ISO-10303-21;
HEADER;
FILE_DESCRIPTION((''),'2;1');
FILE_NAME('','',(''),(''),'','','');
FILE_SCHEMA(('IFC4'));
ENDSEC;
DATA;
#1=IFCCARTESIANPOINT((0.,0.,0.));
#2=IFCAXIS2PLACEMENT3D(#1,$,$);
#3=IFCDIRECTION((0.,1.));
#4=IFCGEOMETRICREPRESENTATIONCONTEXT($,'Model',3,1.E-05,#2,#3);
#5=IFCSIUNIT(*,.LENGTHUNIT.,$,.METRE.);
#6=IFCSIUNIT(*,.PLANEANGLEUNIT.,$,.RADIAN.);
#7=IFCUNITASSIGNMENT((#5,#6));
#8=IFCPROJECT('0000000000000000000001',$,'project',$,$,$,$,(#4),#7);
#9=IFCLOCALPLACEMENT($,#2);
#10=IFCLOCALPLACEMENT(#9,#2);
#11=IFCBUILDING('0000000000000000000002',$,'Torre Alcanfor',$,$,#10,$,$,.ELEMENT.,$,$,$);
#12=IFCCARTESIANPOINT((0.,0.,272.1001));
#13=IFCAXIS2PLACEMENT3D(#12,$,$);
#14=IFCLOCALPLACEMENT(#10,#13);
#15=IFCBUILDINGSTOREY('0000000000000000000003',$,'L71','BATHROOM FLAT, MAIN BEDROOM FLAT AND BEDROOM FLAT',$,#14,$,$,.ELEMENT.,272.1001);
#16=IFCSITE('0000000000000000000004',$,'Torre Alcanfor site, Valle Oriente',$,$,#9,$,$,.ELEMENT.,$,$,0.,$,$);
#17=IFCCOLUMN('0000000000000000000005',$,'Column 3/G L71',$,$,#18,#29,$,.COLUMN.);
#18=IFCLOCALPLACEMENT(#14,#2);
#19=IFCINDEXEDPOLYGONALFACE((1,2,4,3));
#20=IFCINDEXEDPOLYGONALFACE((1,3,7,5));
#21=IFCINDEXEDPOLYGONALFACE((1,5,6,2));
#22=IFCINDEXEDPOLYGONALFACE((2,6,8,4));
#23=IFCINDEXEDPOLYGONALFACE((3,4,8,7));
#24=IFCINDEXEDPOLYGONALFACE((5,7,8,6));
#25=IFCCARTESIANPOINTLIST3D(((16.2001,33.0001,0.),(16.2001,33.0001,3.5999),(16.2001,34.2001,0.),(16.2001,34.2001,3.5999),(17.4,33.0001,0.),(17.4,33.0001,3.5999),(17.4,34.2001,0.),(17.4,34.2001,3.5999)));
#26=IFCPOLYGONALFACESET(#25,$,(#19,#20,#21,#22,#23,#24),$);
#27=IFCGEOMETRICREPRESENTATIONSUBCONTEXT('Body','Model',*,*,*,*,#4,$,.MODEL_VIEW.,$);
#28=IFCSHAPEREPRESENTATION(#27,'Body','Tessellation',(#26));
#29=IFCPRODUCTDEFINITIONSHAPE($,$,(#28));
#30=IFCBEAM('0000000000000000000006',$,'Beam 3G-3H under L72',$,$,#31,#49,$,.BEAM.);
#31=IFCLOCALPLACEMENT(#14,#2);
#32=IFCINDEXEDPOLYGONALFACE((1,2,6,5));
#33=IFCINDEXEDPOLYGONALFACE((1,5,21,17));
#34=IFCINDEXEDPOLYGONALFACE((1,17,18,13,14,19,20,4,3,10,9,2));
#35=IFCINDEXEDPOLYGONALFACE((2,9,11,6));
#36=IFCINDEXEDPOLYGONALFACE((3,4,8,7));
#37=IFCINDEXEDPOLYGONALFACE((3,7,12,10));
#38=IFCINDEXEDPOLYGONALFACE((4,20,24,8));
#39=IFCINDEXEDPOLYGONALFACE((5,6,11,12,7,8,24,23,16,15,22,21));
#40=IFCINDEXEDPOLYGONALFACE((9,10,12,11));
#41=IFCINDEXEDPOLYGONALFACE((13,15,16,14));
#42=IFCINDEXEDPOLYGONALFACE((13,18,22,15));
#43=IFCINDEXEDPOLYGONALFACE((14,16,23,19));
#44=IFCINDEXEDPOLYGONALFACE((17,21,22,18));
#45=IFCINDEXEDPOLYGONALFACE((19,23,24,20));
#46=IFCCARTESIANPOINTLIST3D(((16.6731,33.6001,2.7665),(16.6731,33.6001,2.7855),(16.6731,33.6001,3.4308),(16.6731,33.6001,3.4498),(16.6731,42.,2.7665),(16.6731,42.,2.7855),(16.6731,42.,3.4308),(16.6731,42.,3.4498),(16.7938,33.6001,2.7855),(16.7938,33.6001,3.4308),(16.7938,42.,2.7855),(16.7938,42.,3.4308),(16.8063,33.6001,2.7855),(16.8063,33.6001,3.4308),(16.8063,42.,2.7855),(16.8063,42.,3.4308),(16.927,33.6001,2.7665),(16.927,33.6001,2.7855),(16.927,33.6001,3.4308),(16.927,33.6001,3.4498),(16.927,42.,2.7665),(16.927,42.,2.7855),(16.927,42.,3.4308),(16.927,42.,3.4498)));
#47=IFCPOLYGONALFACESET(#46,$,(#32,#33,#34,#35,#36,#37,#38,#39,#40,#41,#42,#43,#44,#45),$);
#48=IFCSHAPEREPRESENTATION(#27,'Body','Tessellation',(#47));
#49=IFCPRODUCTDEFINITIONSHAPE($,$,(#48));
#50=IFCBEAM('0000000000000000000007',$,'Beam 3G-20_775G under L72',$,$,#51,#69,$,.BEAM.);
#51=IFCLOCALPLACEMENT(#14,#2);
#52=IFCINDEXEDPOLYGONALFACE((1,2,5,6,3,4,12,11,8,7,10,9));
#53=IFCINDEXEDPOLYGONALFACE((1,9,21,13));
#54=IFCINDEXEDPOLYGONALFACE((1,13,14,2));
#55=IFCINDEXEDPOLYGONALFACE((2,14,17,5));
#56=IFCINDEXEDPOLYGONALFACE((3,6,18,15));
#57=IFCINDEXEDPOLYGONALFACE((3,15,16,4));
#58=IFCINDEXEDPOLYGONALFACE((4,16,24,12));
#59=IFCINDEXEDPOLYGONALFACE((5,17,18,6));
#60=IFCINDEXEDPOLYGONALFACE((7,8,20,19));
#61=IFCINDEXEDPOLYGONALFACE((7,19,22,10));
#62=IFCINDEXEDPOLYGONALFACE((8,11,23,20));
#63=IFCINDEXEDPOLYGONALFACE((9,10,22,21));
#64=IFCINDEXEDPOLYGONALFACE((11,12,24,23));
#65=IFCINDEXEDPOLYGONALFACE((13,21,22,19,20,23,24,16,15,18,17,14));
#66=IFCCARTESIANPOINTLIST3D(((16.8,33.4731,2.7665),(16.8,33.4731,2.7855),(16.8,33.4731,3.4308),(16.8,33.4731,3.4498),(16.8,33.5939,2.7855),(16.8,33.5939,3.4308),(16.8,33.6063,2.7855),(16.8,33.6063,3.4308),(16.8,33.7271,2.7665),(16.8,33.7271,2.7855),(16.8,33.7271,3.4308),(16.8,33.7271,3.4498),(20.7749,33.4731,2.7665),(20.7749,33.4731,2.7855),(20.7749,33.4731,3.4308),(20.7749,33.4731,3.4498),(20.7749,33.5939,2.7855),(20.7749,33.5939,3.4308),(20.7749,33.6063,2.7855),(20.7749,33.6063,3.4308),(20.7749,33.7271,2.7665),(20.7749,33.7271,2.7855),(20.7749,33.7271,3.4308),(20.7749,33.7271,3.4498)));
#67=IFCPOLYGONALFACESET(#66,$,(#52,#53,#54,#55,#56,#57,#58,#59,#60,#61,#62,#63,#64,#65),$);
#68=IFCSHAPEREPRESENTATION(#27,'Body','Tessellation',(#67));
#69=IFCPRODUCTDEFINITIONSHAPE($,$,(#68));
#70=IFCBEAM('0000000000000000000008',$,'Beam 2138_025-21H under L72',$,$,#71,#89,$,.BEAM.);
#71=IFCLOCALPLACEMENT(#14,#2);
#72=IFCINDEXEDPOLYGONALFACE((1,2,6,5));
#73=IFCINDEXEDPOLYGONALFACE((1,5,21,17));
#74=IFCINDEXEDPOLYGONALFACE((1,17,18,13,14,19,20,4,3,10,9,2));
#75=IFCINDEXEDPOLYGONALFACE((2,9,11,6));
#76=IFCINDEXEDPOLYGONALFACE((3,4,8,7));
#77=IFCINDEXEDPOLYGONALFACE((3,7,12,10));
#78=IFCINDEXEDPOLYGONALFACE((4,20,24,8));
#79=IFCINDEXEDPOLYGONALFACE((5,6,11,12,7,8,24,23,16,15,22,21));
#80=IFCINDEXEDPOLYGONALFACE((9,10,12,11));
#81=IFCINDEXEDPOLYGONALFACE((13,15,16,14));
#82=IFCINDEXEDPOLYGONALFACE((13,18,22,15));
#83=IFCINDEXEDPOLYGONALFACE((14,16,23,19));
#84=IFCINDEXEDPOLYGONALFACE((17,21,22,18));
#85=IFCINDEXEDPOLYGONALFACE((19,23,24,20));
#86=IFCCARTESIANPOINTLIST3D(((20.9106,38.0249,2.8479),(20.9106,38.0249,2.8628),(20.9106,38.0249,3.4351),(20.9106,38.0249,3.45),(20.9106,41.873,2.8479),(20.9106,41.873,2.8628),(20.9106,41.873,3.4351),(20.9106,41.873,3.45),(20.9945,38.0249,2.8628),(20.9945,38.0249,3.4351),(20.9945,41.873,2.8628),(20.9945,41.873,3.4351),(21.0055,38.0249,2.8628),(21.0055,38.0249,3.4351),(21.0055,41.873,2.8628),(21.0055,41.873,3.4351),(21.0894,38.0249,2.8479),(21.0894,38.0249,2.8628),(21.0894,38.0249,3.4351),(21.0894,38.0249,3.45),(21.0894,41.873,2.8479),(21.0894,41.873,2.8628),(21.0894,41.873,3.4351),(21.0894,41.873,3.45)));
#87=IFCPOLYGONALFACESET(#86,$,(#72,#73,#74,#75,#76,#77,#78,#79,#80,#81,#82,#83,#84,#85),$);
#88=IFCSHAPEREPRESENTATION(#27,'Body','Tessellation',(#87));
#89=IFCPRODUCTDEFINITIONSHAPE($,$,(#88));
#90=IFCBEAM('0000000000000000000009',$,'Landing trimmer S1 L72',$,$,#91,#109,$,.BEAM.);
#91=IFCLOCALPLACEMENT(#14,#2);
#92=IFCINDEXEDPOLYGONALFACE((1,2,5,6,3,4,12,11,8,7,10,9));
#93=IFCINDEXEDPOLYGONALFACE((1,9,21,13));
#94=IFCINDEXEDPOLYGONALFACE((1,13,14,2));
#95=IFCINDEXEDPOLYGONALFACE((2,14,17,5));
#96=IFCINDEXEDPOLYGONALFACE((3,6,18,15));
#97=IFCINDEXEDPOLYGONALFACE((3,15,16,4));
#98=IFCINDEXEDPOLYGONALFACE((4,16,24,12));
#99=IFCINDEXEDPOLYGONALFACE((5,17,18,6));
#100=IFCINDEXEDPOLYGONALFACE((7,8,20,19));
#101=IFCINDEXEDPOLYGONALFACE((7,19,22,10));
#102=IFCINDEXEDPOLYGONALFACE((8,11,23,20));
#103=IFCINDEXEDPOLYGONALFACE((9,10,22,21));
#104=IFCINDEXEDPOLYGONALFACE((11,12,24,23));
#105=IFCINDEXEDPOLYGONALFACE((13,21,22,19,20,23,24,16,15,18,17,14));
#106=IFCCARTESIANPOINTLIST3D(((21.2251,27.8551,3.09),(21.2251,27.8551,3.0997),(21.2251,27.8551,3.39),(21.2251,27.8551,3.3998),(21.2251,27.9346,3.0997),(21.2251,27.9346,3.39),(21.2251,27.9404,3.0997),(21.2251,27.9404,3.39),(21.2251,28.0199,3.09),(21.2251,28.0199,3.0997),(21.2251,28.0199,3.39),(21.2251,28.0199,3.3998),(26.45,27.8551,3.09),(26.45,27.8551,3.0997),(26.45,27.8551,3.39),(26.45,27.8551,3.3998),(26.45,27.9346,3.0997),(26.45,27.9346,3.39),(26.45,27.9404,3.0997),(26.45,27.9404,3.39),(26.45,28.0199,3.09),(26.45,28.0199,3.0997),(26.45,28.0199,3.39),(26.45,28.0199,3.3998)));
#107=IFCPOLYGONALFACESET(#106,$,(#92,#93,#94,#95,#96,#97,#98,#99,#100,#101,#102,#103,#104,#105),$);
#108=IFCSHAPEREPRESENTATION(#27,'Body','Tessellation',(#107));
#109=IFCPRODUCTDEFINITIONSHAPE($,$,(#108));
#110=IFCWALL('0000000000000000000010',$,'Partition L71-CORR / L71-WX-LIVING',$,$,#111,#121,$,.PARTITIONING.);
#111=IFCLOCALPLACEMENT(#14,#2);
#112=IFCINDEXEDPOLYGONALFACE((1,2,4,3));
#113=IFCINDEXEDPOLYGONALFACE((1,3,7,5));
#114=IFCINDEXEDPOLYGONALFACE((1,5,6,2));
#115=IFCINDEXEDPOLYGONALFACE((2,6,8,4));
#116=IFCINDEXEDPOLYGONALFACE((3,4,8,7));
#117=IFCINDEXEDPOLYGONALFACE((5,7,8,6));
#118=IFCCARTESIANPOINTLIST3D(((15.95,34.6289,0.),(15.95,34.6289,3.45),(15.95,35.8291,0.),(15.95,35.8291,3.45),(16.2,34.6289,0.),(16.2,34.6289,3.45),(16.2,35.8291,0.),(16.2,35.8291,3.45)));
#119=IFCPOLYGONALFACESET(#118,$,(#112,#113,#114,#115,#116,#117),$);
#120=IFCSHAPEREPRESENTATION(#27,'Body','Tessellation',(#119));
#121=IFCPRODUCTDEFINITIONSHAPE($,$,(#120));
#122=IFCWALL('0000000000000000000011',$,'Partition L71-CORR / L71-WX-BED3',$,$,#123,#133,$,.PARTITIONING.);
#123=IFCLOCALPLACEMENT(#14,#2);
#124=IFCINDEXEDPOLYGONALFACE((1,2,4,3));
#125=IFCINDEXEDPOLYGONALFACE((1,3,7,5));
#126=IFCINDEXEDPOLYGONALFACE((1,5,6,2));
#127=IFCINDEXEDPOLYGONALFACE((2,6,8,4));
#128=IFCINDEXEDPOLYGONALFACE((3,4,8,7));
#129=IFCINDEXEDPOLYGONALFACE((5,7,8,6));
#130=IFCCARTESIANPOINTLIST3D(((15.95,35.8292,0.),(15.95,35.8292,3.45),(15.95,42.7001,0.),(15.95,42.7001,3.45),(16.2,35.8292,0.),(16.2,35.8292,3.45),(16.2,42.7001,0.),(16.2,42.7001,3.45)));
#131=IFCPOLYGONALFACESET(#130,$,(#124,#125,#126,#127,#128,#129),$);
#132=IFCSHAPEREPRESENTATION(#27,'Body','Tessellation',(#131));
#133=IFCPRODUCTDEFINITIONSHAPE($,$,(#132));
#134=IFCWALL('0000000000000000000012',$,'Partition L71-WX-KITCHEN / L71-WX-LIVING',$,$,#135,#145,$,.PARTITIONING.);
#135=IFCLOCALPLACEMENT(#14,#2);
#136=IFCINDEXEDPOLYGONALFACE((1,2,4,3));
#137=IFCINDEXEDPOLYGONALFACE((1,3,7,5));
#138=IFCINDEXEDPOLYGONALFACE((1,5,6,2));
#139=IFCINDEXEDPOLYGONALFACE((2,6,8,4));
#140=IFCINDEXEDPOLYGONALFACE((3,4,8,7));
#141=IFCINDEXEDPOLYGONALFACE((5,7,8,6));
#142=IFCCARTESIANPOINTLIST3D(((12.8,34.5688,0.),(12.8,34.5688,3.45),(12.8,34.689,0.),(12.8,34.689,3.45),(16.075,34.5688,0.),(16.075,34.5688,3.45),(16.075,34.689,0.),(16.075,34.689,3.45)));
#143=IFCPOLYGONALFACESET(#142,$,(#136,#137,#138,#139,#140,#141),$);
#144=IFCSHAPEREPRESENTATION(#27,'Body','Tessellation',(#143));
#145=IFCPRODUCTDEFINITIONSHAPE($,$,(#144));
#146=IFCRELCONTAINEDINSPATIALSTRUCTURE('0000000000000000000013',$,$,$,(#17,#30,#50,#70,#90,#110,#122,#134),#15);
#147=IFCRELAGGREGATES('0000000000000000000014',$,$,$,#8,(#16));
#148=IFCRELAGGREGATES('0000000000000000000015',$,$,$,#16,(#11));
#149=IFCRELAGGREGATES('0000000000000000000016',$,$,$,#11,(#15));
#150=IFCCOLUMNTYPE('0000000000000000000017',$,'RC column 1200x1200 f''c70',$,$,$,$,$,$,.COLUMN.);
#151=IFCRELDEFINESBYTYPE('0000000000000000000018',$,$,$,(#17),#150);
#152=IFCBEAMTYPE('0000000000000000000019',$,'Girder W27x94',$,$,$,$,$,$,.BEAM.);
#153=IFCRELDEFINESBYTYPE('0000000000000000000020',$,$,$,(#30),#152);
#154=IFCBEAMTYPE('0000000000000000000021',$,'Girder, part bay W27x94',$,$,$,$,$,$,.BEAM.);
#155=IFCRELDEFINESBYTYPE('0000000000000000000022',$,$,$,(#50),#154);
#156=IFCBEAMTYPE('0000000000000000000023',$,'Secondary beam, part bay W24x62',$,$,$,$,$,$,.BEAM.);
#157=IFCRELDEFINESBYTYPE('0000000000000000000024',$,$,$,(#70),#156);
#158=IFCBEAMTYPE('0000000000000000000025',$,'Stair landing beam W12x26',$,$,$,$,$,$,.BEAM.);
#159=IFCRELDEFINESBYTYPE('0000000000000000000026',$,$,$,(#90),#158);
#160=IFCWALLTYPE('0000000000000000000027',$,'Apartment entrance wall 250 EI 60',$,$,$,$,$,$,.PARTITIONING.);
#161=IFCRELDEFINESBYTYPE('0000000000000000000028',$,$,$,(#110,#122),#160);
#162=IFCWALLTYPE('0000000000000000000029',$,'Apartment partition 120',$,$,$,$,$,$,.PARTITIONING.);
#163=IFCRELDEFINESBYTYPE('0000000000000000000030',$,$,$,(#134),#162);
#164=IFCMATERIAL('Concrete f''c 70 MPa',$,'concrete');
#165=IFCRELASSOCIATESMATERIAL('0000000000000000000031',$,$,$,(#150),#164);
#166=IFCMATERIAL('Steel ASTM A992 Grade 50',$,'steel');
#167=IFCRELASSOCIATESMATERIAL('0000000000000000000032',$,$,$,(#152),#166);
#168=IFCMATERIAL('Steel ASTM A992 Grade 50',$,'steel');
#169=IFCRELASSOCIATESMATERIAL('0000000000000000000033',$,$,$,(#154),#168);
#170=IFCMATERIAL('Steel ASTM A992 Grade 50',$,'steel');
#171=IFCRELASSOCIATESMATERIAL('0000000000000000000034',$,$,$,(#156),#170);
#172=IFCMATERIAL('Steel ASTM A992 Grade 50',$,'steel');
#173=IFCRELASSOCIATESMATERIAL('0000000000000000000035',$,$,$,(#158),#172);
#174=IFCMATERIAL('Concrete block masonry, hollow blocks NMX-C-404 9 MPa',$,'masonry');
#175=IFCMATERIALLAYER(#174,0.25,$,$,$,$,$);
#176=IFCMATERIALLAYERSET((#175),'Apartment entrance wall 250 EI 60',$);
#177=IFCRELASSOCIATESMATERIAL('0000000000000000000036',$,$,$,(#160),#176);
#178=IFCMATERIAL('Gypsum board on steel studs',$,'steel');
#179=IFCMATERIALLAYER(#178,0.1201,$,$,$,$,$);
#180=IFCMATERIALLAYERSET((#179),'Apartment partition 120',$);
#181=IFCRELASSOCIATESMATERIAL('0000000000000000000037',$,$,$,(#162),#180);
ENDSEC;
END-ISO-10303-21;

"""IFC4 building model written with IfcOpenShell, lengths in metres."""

from ifc_helpers import new_model, si_unit, direction, frame, frame_2d, origin, origin_2d, place, context, subcontext, project, spatial, rectangle, i_section, extrude, material, layer, layer_set, material_profile, profile_set, type_object, element, save


model = new_model("IFC4")

# Units and contexts
model_context = context("Model", 3, precision=1e-05, world=origin(), true_north=direction((0.0, 1.0)))
body_context = subcontext(model_context, "Body", "Model", "MODEL_VIEW")
ifc_project = project(units=[si_unit("LENGTHUNIT", "METRE"), si_unit("PLANEANGLEUNIT", "RADIAN")], contexts=[model_context])

# Site, building, storey
site_placement = place(None, origin())
site = spatial("IfcSite", under=ifc_project, at=site_placement, Name="Torre Alcanfor site, Valle Oriente", CompositionType="ELEMENT", RefElevation=0.0)
building_placement = place(site_placement, origin())
building = spatial("IfcBuilding", under=site, at=building_placement, Name="Torre Alcanfor", CompositionType="ELEMENT")
storey_placement = place(building_placement, frame((0.0, 0.0, 272.1001)))
storey = spatial("IfcBuildingStorey", under=building, at=storey_placement, Name="L71", Description="BATHROOM FLAT, MAIN BEDROOM FLAT AND BEDROOM FLAT", CompositionType="ELEMENT", Elevation=272.1001)

# Column
ifc_material_1 = material(Name="Concrete f'c 70 MPa", Category="concrete")
ifc_material_profile_1 = material_profile(ifc_material_1, rectangle(XDim=1.2, YDim=1.2, at=origin_2d()), Name="1200x1200")
ifc_profile_set_1 = profile_set([ifc_material_profile_1], Name="Concrete f'c 70 MPa")
column_type = type_object("IfcColumnType", Name="RC column 1200x1200 f'c70", PredefinedType="COLUMN", material=ifc_profile_set_1)
column_placement = place(storey_placement, frame((16.8, 33.6001, 0.0), z_axis=(0.0, 0.0, 1.0), x_axis=(1.0, 0.0, 0.0)))
element("IfcColumn", 1, at=column_placement, inside=storey, type_object=column_type, Name="Column 3/G L71", PredefinedType="COLUMN", context=body_context, shape_type="SweptSolid", body=[
    extrude(rectangle(XDim=1.2, YDim=1.2, at=origin_2d()), origin(), (0.0, 0.0, 1.0), 3.5999),
])

# Beams
ifc_material_2 = material(Name="Steel ASTM A992 Grade 50", Category="steel")
ifc_material_profile_2 = material_profile(ifc_material_2, i_section(OverallWidth=0.2539, OverallDepth=0.6833, WebThickness=0.0125, FlangeThickness=0.019, at=origin_2d()), Name="W27x94")
ifc_profile_set_2 = profile_set([ifc_material_profile_2], Name="Steel ASTM A992 Grade 50")
beam_type_1 = type_object("IfcBeamType", Name="Girder W27x94", PredefinedType="BEAM", material=ifc_profile_set_2)
beam_1_placement = place(storey_placement, frame((16.8, 33.6001, 3.1082), z_axis=(0.0, 1.0, 0.0), x_axis=(-1.0, 0.0, 0.0)))
element("IfcBeam", 2, at=beam_1_placement, inside=storey, type_object=beam_type_1, Name="Beam 3G-3H under L72", PredefinedType="BEAM", context=body_context, shape_type="SweptSolid", body=[
    extrude(i_section(OverallWidth=0.2539, OverallDepth=0.6833, WebThickness=0.0125, FlangeThickness=0.019, at=origin_2d()), origin(), (0.0, 0.0, 1.0), 8.3999),
])
ifc_material_3 = material(Name="Steel ASTM A992 Grade 50", Category="steel")
ifc_material_profile_3 = material_profile(ifc_material_3, i_section(OverallWidth=0.2539, OverallDepth=0.6833, WebThickness=0.0125, FlangeThickness=0.019, at=origin_2d()), Name="W27x94")
ifc_profile_set_3 = profile_set([ifc_material_profile_3], Name="Steel ASTM A992 Grade 50")
beam_type_2 = type_object("IfcBeamType", Name="Girder, part bay W27x94", PredefinedType="BEAM", material=ifc_profile_set_3)
beam_2_placement = place(storey_placement, frame((16.8, 33.6001, 3.1082), z_axis=(1.0, 0.0, 0.0), x_axis=(0.0, 1.0, 0.0)))
element("IfcBeam", 3, at=beam_2_placement, inside=storey, type_object=beam_type_2, Name="Beam 3G-20_775G under L72", PredefinedType="BEAM", context=body_context, shape_type="SweptSolid", body=[
    extrude(i_section(OverallWidth=0.2539, OverallDepth=0.6833, WebThickness=0.0125, FlangeThickness=0.019, at=origin_2d()), origin(), (0.0, 0.0, 1.0), 3.9749),
])
ifc_material_4 = material(Name="Steel ASTM A992 Grade 50", Category="steel")
ifc_material_profile_4 = material_profile(ifc_material_4, i_section(OverallWidth=0.1787, OverallDepth=0.6021, WebThickness=0.011, FlangeThickness=0.0149, at=origin_2d()), Name="W24x62")
ifc_profile_set_4 = profile_set([ifc_material_profile_4], Name="Steel ASTM A992 Grade 50")
beam_type_3 = type_object("IfcBeamType", Name="Secondary beam, part bay W24x62", PredefinedType="BEAM", material=ifc_profile_set_4)
beam_3_placement = place(storey_placement, frame((21.0, 38.0249, 3.1489), z_axis=(0.0, 1.0, 0.0), x_axis=(-1.0, 0.0, 0.0)))
element("IfcBeam", 4, at=beam_3_placement, inside=storey, type_object=beam_type_3, Name="Beam 2138_025-21H under L72", PredefinedType="BEAM", context=body_context, shape_type="SweptSolid", body=[
    extrude(i_section(OverallWidth=0.1787, OverallDepth=0.6021, WebThickness=0.011, FlangeThickness=0.0149, at=origin_2d()), origin(), (0.0, 0.0, 1.0), 3.8481),
])
ifc_material_5 = material(Name="Steel ASTM A992 Grade 50", Category="steel")
ifc_material_profile_5 = material_profile(ifc_material_5, i_section(OverallWidth=0.1648, OverallDepth=0.3098, WebThickness=0.0059, FlangeThickness=0.0098, at=origin_2d()), Name="W12x26")
ifc_profile_set_5 = profile_set([ifc_material_profile_5], Name="Steel ASTM A992 Grade 50")
beam_type_4 = type_object("IfcBeamType", Name="Stair landing beam W12x26", PredefinedType="BEAM", material=ifc_profile_set_5)
beam_4_placement = place(storey_placement, frame((21.2251, 27.9375, 3.2449), z_axis=(1.0, 0.0, 0.0), x_axis=(0.0, 1.0, 0.0)))
element("IfcBeam", 5, at=beam_4_placement, inside=storey, type_object=beam_type_4, Name="Landing trimmer S1 L72", PredefinedType="BEAM", context=body_context, shape_type="SweptSolid", body=[
    extrude(i_section(OverallWidth=0.1648, OverallDepth=0.3098, WebThickness=0.0059, FlangeThickness=0.0098, at=origin_2d()), origin(), (0.0, 0.0, 1.0), 5.2249),
])

# Walls
ifc_material_6 = material(Name="Concrete block masonry, hollow blocks NMX-C-404 9 MPa", Category="masonry")
ifc_layer_1 = layer(ifc_material_6, 0.25)
ifc_layer_set_1 = layer_set([ifc_layer_1], Name="Apartment entrance wall 250 EI 60")
wall_type_1 = type_object("IfcWallType", Name="Apartment entrance wall 250 EI 60", PredefinedType="PARTITIONING", material=ifc_layer_set_1)
wall_1_placement = place(storey_placement, frame((16.075, 34.6289, 0.0), z_axis=(0.0, 0.0, 1.0), x_axis=(0.0, 1.0, 0.0)))
element("IfcWall", 6, at=wall_1_placement, inside=storey, type_object=wall_type_1, Name="Partition L71-CORR / L71-WX-LIVING", PredefinedType="PARTITIONING", context=body_context, shape_type="SweptSolid", body=[
    extrude(rectangle(XDim=1.2002, YDim=0.25, at=frame_2d((0.6001, 0.0))), origin(), (0.0, 0.0, 1.0), 3.45),
])
wall_2_placement = place(storey_placement, frame((16.075, 35.8291, 0.0), z_axis=(0.0, 0.0, 1.0), x_axis=(0.0, 1.0, 0.0)))
element("IfcWall", 7, at=wall_2_placement, inside=storey, type_object=wall_type_1, Name="Partition L71-CORR / L71-WX-BED3", PredefinedType="PARTITIONING", context=body_context, shape_type="SweptSolid", body=[
    extrude(rectangle(XDim=6.8708, YDim=0.25, at=frame_2d((3.4355, 0.0))), origin(), (0.0, 0.0, 1.0), 3.45),
])
ifc_material_7 = material(Name="Gypsum board on steel studs", Category="steel")
ifc_layer_2 = layer(ifc_material_7, 0.1201)
ifc_layer_set_2 = layer_set([ifc_layer_2], Name="Apartment partition 120")
wall_type_2 = type_object("IfcWallType", Name="Apartment partition 120", PredefinedType="PARTITIONING", material=ifc_layer_set_2)
wall_3_placement = place(storey_placement, frame((16.075, 34.6289, 0.0), z_axis=(0.0, 0.0, 1.0), x_axis=(-1.0, 0.0, 0.0)))
element("IfcWall", 8, at=wall_3_placement, inside=storey, type_object=wall_type_2, Name="Partition L71-WX-KITCHEN / L71-WX-LIVING", PredefinedType="PARTITIONING", context=body_context, shape_type="SweptSolid", body=[
    extrude(rectangle(XDim=3.2749, YDim=0.1201, at=frame_2d((1.6375, 0.0))), origin(), (0.0, 0.0, 1.0), 3.45),
])

save(model, "model.ifc")
